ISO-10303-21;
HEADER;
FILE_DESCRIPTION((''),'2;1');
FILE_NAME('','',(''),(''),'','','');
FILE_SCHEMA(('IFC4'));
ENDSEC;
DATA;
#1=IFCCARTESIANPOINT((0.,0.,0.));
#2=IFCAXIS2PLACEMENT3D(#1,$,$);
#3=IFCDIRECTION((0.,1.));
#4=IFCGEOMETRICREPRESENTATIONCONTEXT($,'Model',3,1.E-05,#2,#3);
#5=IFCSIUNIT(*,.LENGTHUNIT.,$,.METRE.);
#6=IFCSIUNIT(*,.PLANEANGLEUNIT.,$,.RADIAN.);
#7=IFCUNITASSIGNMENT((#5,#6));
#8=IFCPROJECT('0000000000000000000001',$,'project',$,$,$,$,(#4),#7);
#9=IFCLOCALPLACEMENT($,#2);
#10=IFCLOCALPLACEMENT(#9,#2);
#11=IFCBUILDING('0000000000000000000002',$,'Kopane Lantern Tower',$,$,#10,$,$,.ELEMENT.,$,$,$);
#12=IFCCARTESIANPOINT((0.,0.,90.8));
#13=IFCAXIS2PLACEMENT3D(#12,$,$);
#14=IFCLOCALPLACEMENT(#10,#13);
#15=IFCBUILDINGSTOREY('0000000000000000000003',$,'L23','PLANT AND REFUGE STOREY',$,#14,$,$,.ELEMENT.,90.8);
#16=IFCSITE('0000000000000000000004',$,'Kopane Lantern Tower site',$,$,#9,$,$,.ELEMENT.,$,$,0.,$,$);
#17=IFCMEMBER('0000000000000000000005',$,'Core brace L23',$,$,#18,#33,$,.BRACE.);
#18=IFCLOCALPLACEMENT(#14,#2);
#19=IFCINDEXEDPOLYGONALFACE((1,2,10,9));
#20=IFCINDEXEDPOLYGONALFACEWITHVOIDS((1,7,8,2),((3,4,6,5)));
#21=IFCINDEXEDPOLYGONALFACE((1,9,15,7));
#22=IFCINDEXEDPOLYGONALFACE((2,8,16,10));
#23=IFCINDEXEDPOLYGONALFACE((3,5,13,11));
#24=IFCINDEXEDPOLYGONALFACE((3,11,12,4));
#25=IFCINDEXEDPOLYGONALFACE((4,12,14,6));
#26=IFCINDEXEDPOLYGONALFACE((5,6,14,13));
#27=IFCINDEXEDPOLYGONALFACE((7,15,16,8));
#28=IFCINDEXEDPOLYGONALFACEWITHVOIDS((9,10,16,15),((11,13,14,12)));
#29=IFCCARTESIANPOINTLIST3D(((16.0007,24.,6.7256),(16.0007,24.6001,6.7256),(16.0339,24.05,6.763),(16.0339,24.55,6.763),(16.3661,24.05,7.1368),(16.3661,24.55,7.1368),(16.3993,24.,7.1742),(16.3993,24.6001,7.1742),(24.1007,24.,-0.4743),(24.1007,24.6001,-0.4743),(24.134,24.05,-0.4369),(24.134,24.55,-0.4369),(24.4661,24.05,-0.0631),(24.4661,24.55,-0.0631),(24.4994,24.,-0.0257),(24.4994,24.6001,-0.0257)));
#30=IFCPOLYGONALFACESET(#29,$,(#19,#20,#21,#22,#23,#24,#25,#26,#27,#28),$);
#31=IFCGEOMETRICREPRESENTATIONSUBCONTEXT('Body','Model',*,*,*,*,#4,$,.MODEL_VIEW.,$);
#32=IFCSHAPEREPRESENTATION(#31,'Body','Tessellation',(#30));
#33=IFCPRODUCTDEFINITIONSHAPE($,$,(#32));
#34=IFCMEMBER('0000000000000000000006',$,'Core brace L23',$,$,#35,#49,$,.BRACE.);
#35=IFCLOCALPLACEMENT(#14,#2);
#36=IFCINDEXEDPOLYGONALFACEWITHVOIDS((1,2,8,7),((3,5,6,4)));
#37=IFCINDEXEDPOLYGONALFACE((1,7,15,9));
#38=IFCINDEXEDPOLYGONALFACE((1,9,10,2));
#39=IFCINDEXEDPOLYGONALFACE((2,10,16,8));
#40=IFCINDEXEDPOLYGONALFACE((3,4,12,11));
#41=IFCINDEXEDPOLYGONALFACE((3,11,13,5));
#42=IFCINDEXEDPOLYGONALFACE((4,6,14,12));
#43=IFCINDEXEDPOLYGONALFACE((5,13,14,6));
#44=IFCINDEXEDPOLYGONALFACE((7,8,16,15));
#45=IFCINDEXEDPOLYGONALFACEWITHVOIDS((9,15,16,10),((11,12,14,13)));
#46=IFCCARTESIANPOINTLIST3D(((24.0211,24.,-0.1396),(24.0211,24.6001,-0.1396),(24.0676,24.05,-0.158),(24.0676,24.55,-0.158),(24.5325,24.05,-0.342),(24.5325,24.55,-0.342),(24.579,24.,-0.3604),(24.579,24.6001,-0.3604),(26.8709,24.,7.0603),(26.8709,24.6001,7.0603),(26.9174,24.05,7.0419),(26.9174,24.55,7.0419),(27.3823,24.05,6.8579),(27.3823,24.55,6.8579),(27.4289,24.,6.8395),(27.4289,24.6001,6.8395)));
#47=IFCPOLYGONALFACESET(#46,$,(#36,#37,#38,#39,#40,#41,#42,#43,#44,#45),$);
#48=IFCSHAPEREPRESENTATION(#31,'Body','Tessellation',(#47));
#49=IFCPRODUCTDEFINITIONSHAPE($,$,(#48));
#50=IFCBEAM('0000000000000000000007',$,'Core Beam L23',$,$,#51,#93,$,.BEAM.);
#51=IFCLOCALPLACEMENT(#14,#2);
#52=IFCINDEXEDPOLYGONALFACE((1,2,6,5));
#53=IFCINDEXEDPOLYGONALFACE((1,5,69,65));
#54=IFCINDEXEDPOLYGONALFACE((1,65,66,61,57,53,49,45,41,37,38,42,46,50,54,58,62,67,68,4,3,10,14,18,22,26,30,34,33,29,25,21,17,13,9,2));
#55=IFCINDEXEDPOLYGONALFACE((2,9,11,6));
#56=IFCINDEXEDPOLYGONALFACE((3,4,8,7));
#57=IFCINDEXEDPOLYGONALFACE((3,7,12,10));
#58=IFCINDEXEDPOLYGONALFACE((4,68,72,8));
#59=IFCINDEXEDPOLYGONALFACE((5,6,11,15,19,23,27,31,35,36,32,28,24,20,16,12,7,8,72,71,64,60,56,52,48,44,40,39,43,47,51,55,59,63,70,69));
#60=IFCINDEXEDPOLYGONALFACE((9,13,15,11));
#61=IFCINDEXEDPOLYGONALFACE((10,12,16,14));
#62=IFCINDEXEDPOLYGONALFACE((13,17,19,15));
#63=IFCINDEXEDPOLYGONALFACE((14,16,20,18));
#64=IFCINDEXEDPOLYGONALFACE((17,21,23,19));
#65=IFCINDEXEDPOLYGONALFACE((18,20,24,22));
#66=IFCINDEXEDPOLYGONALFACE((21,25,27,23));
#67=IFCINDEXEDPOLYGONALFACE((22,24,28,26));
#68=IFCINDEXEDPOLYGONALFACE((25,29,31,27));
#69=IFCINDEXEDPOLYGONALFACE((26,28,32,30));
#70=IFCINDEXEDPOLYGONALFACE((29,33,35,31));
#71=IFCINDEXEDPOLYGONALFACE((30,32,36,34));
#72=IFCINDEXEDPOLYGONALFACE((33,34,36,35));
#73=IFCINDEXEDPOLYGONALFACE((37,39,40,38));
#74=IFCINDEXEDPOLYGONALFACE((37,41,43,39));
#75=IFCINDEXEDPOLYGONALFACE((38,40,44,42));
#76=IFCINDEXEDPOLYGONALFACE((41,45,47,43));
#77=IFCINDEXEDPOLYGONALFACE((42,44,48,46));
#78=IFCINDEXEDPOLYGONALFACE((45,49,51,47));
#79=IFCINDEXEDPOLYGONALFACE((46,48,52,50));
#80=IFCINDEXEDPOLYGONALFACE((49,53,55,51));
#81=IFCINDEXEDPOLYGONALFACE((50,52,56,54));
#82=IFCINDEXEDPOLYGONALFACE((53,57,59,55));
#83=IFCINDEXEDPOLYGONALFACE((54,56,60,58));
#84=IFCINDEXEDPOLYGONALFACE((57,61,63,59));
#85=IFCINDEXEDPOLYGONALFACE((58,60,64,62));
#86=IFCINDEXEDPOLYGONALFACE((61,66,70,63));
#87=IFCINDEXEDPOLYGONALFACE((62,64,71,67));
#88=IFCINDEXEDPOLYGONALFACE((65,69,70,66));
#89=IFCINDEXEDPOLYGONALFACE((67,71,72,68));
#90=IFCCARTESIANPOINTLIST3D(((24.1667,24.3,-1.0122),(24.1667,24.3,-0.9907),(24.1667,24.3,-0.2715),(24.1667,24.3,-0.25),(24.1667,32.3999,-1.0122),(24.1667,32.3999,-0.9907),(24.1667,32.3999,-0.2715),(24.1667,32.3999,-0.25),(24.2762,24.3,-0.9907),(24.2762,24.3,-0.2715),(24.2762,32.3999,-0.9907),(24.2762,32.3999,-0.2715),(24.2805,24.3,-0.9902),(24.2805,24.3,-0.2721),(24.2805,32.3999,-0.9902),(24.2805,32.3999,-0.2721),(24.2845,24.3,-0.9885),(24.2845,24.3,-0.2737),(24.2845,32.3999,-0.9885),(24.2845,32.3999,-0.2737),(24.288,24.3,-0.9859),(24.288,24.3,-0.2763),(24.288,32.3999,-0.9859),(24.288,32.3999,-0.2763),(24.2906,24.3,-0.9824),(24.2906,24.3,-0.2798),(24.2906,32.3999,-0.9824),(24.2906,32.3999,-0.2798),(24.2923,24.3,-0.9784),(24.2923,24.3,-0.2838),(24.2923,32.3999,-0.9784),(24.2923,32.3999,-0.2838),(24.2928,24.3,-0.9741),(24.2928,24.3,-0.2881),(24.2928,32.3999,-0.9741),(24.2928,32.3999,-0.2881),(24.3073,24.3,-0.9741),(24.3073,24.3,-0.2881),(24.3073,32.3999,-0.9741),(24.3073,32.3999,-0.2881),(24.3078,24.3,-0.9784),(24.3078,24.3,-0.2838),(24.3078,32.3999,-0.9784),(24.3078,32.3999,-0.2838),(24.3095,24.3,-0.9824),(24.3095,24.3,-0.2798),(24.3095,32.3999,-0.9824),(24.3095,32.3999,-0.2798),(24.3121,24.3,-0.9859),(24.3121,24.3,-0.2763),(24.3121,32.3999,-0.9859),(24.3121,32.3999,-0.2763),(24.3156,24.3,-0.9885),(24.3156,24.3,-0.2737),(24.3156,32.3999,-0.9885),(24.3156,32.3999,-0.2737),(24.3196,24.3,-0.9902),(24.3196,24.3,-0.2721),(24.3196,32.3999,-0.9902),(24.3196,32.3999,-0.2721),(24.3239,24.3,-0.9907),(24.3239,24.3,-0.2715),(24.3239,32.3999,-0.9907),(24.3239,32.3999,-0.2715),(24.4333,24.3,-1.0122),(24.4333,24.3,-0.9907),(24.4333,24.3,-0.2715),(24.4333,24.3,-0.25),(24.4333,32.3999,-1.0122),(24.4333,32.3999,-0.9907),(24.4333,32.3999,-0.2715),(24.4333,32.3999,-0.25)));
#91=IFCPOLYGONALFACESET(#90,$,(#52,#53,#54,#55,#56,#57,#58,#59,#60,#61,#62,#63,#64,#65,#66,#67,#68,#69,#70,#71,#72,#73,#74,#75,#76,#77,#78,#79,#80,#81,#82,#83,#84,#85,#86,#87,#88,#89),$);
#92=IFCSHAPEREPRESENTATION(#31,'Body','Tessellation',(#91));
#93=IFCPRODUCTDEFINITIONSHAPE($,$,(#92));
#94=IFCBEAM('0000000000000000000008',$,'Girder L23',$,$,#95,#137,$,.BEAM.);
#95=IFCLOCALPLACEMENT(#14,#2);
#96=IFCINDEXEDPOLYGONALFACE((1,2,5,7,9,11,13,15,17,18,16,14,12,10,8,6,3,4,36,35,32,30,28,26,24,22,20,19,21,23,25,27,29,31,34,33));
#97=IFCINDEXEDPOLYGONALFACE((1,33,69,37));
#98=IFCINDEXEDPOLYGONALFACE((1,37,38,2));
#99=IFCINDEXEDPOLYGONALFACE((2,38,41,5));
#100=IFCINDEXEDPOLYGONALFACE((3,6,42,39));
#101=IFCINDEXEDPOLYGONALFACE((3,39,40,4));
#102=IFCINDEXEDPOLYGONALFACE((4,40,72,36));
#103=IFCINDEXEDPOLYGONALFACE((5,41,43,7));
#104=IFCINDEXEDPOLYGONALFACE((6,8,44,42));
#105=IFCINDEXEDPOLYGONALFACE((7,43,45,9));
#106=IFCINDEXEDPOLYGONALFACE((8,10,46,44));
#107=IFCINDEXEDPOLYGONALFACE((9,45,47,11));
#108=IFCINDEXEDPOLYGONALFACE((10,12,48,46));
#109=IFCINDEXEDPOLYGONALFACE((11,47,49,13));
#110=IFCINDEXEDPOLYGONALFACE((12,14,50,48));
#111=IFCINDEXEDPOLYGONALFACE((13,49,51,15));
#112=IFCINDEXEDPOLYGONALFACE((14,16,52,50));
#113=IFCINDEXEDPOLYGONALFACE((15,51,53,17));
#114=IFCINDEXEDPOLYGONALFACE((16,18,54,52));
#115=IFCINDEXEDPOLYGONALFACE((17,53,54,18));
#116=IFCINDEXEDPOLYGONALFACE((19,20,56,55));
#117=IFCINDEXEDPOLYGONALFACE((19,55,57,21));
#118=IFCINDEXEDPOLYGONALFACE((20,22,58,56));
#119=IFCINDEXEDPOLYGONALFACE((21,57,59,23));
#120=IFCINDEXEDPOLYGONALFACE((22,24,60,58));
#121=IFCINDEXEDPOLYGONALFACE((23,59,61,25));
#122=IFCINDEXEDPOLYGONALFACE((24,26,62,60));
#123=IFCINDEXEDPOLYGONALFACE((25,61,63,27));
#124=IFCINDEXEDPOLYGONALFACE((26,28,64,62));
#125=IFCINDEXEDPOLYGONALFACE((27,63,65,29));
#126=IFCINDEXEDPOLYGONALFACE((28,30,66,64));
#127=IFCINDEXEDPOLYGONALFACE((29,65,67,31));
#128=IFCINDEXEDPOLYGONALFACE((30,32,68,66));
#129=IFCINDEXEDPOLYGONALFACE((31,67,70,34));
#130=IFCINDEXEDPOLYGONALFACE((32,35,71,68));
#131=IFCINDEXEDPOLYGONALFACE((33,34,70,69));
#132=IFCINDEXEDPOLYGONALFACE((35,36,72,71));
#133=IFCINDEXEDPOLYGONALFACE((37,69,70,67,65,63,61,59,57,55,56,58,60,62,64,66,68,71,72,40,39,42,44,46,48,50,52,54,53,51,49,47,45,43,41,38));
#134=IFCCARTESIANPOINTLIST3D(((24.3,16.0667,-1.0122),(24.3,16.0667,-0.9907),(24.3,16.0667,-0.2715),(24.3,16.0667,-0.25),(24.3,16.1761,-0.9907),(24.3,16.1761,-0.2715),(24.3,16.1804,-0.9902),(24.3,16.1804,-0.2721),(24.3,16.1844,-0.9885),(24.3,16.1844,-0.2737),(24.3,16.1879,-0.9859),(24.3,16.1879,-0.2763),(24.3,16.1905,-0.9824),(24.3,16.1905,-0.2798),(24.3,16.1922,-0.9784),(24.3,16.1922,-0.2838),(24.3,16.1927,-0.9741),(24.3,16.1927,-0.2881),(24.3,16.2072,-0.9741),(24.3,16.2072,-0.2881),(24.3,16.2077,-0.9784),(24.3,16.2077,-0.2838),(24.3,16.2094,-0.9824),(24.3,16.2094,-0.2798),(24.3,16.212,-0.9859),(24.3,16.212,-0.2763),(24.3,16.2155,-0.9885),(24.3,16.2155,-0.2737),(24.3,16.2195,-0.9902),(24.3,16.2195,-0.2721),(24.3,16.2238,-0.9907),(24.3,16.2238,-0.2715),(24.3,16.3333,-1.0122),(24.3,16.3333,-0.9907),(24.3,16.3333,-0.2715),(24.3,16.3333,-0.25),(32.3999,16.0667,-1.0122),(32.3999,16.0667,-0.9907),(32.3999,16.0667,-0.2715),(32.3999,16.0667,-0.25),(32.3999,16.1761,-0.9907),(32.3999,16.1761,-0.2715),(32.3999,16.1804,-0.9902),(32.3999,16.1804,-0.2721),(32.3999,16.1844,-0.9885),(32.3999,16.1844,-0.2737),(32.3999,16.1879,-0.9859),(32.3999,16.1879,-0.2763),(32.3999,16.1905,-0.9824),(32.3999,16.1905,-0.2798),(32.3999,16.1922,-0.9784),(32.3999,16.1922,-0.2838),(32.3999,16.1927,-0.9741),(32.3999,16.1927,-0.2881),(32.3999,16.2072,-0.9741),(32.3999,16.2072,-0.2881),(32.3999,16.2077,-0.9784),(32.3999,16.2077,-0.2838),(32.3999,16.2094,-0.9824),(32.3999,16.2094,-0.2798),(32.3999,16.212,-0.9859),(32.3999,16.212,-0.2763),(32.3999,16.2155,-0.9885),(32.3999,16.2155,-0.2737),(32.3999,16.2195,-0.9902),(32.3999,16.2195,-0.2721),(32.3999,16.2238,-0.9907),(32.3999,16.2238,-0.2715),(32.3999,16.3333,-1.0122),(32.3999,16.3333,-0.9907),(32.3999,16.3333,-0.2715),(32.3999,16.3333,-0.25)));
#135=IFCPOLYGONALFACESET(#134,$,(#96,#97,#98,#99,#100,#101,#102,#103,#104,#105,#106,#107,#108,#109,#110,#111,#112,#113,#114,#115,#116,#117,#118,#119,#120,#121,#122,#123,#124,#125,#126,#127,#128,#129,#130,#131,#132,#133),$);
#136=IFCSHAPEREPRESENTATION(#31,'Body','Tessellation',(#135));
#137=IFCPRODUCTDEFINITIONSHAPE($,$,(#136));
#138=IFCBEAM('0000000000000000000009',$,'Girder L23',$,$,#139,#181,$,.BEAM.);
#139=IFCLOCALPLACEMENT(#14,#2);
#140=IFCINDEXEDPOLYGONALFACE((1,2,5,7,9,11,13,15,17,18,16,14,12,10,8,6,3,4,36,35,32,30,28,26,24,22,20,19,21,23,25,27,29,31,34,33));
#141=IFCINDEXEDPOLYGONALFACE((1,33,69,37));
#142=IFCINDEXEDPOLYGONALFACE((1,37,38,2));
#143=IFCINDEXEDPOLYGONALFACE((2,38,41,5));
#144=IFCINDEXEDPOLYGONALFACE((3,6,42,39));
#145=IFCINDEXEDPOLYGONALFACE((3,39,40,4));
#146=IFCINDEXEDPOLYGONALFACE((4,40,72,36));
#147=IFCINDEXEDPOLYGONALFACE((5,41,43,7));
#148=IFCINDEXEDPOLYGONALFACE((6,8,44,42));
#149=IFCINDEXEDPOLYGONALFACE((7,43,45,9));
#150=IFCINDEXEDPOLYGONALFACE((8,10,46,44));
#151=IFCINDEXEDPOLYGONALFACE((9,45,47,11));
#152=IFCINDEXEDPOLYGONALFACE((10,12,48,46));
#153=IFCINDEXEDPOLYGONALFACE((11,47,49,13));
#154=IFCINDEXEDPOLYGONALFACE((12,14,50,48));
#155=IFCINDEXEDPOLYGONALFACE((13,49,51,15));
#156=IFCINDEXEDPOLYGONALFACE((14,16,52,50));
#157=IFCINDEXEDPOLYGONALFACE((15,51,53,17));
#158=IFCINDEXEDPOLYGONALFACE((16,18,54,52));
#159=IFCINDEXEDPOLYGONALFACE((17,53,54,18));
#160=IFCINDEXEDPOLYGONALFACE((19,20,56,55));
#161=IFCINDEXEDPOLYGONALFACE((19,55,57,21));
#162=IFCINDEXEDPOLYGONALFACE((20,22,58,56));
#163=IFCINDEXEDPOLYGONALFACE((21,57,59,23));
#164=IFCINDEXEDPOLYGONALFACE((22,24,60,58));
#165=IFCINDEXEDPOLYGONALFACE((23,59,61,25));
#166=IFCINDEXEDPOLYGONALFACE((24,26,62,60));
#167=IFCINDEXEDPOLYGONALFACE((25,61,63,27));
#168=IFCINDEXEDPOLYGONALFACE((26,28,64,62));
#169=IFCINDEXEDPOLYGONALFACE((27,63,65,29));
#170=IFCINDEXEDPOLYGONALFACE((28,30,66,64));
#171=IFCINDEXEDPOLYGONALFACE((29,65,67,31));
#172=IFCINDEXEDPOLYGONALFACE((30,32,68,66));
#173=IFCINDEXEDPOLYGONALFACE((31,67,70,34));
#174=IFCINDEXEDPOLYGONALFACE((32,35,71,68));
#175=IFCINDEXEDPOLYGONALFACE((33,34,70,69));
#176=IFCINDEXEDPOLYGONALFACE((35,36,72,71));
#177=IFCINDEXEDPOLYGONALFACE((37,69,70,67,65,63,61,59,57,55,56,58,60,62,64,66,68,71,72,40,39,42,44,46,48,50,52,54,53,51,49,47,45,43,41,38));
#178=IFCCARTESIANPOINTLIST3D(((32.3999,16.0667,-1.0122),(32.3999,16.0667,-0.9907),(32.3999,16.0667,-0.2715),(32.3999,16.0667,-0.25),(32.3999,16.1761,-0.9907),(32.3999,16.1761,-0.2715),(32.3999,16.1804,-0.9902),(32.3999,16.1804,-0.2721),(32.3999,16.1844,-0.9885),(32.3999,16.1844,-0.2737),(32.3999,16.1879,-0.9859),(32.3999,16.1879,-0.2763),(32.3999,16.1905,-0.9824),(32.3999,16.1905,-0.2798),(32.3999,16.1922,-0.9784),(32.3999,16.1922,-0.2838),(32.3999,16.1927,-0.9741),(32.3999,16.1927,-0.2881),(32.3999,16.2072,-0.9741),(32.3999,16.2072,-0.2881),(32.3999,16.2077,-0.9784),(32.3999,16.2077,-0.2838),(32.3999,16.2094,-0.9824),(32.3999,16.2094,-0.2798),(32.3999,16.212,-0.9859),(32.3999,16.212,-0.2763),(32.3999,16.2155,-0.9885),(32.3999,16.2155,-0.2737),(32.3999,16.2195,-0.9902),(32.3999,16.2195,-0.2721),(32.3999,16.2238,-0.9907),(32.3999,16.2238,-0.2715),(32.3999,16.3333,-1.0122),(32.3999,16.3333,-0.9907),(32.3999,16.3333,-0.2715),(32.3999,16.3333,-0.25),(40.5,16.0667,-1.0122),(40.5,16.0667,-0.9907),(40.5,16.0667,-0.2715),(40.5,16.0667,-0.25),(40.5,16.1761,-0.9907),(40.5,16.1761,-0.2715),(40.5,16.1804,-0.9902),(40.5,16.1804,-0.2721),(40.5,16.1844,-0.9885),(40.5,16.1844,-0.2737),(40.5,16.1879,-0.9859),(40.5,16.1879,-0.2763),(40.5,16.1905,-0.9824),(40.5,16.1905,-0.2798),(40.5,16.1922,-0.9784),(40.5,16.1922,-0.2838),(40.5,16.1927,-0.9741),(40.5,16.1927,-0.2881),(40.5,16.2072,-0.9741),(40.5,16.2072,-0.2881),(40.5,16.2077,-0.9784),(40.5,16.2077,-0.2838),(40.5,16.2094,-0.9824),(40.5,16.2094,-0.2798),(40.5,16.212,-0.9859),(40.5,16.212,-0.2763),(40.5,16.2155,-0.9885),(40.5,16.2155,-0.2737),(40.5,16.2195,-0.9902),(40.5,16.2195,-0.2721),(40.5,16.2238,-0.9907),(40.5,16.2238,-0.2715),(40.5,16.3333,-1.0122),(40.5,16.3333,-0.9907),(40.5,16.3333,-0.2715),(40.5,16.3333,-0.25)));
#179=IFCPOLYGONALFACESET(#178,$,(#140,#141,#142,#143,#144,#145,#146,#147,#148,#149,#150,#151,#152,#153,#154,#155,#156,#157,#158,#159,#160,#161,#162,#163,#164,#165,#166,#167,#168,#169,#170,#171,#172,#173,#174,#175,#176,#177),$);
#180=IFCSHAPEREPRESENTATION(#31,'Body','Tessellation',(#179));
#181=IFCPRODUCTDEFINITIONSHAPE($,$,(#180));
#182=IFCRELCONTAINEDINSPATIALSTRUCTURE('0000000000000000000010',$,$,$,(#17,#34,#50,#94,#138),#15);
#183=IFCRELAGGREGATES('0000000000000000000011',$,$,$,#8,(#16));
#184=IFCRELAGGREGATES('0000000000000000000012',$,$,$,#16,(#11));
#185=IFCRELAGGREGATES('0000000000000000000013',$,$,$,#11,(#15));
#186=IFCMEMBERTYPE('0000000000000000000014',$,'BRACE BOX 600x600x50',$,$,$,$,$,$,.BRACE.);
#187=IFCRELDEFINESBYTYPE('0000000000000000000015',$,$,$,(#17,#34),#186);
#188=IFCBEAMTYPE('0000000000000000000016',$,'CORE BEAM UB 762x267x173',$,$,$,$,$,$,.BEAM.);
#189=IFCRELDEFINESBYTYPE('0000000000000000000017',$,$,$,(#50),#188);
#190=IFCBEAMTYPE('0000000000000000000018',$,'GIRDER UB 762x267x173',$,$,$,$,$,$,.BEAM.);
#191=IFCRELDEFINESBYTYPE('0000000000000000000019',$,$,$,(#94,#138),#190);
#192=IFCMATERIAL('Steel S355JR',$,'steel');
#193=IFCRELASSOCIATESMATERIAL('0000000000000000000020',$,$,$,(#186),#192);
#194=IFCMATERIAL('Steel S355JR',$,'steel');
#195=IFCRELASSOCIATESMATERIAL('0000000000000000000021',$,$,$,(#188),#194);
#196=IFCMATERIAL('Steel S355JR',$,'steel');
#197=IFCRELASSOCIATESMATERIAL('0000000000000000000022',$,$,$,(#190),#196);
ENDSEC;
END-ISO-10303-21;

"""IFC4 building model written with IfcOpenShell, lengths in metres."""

from ifc_helpers import new_model, si_unit, direction, frame, origin, origin_2d, place, context, subcontext, project, spatial, hollow_rectangle, i_section, extrude, material, material_profile, profile_set, type_object, element, save


model = new_model("IFC4")

# Units and contexts
model_context = context("Model", 3, precision=1e-05, world=origin(), true_north=direction((0.0, 1.0)))
body_context = subcontext(model_context, "Body", "Model", "MODEL_VIEW")
ifc_project = project(units=[si_unit("LENGTHUNIT", "METRE"), si_unit("PLANEANGLEUNIT", "RADIAN")], contexts=[model_context])

# Site, building, storey
site_placement = place(None, origin())
site = spatial("IfcSite", under=ifc_project, at=site_placement, Name="Kopane Lantern Tower site", CompositionType="ELEMENT", RefElevation=0.0)
building_placement = place(site_placement, origin())
building = spatial("IfcBuilding", under=site, at=building_placement, Name="Kopane Lantern Tower", CompositionType="ELEMENT")
storey_placement = place(building_placement, frame((0.0, 0.0, 90.8)))
storey = spatial("IfcBuildingStorey", under=building, at=storey_placement, Name="L23", Description="PLANT AND REFUGE STOREY", CompositionType="ELEMENT", Elevation=90.8)

# Members
ifc_material_1 = material(Name="Steel S355JR", Category="steel")
ifc_material_profile_1 = material_profile(ifc_material_1, hollow_rectangle(XDim=0.6001, YDim=0.6001, WallThickness=0.05, at=origin_2d()), Name="BOX 600x600x50")
ifc_profile_set_1 = profile_set([ifc_material_profile_1], Name="Steel S355JR")
member_type_1 = type_object("IfcMemberType", Name="BRACE BOX 600x600x50", PredefinedType="BRACE", material=ifc_profile_set_1)
member_1_placement = place(storey_placement, frame((24.3, 24.3, -0.25), z_axis=(-0.747416, 0.0, 0.664357), x_axis=(0.0, -1.0, 0.0)))
element("IfcMember", 1, at=member_1_placement, inside=storey, type_object=member_type_1, Name="Core brace L23", PredefinedType="BRACE", context=body_context, shape_type="SweptSolid", body=[
    extrude(hollow_rectangle(XDim=0.6001, YDim=0.6001, WallThickness=0.05, at=origin_2d()), origin(), (0.0, 0.0, 1.0), 10.8374),
])
member_2_placement = place(storey_placement, frame((24.3, 24.3, -0.25), z_axis=(0.368034, 0.0, 0.929812), x_axis=(0.0, 1.0, 0.0)))
element("IfcMember", 2, at=member_2_placement, inside=storey, type_object=member_type_1, Name="Core brace L23", PredefinedType="BRACE", context=body_context, shape_type="SweptSolid", body=[
    extrude(hollow_rectangle(XDim=0.6001, YDim=0.6001, WallThickness=0.05, at=origin_2d()), origin(), (0.0, 0.0, 1.0), 7.7434),
])

# Beams
ifc_material_2 = material(Name="Steel S355JR", Category="steel")
ifc_material_profile_2 = material_profile(ifc_material_2, i_section(OverallWidth=0.2666, OverallDepth=0.7622, WebThickness=0.0144, FlangeThickness=0.0215, FilletRadius=0.0166, at=origin_2d()), Name="UB 762x267x173")
ifc_profile_set_2 = profile_set([ifc_material_profile_2], Name="Steel S355JR")
beam_type_1 = type_object("IfcBeamType", Name="CORE BEAM UB 762x267x173", PredefinedType="BEAM", material=ifc_profile_set_2)
beam_1_placement = place(storey_placement, frame((24.3, 24.3, -0.6311), z_axis=(0.0, 1.0, 0.0), x_axis=(-1.0, 0.0, 0.0)))
element("IfcBeam", 3, at=beam_1_placement, inside=storey, type_object=beam_type_1, Name="Core Beam L23", PredefinedType="BEAM", context=body_context, shape_type="SweptSolid", body=[
    extrude(i_section(OverallWidth=0.2666, OverallDepth=0.7622, WebThickness=0.0144, FlangeThickness=0.0215, FilletRadius=0.0166, at=origin_2d()), origin(), (0.0, 0.0, 1.0), 8.0999),
])
ifc_material_3 = material(Name="Steel S355JR", Category="steel")
ifc_material_profile_3 = material_profile(ifc_material_3, i_section(OverallWidth=0.2666, OverallDepth=0.7622, WebThickness=0.0144, FlangeThickness=0.0215, FilletRadius=0.0166, at=origin_2d()), Name="UB 762x267x173")
ifc_profile_set_3 = profile_set([ifc_material_profile_3], Name="Steel S355JR")
beam_type_2 = type_object("IfcBeamType", Name="GIRDER UB 762x267x173", PredefinedType="BEAM", material=ifc_profile_set_3)
beam_2_placement = place(storey_placement, frame((24.3, 16.2, -0.6311), z_axis=(1.0, 0.0, 0.0), x_axis=(0.0, 1.0, 0.0)))
element("IfcBeam", 4, at=beam_2_placement, inside=storey, type_object=beam_type_2, Name="Girder L23", PredefinedType="BEAM", context=body_context, shape_type="SweptSolid", body=[
    extrude(i_section(OverallWidth=0.2666, OverallDepth=0.7622, WebThickness=0.0144, FlangeThickness=0.0215, FilletRadius=0.0166, at=origin_2d()), origin(), (0.0, 0.0, 1.0), 8.0999),
])
beam_3_placement = place(storey_placement, frame((32.3999, 16.2, -0.6311), z_axis=(1.0, 0.0, 0.0), x_axis=(0.0, 1.0, 0.0)))
element("IfcBeam", 5, at=beam_3_placement, inside=storey, type_object=beam_type_2, Name="Girder L23", PredefinedType="BEAM", context=body_context, shape_type="SweptSolid", body=[
    extrude(i_section(OverallWidth=0.2666, OverallDepth=0.7622, WebThickness=0.0144, FlangeThickness=0.0215, FilletRadius=0.0166, at=origin_2d()), origin(), (0.0, 0.0, 1.0), 8.1001),
])

save(model, "model.ifc")
